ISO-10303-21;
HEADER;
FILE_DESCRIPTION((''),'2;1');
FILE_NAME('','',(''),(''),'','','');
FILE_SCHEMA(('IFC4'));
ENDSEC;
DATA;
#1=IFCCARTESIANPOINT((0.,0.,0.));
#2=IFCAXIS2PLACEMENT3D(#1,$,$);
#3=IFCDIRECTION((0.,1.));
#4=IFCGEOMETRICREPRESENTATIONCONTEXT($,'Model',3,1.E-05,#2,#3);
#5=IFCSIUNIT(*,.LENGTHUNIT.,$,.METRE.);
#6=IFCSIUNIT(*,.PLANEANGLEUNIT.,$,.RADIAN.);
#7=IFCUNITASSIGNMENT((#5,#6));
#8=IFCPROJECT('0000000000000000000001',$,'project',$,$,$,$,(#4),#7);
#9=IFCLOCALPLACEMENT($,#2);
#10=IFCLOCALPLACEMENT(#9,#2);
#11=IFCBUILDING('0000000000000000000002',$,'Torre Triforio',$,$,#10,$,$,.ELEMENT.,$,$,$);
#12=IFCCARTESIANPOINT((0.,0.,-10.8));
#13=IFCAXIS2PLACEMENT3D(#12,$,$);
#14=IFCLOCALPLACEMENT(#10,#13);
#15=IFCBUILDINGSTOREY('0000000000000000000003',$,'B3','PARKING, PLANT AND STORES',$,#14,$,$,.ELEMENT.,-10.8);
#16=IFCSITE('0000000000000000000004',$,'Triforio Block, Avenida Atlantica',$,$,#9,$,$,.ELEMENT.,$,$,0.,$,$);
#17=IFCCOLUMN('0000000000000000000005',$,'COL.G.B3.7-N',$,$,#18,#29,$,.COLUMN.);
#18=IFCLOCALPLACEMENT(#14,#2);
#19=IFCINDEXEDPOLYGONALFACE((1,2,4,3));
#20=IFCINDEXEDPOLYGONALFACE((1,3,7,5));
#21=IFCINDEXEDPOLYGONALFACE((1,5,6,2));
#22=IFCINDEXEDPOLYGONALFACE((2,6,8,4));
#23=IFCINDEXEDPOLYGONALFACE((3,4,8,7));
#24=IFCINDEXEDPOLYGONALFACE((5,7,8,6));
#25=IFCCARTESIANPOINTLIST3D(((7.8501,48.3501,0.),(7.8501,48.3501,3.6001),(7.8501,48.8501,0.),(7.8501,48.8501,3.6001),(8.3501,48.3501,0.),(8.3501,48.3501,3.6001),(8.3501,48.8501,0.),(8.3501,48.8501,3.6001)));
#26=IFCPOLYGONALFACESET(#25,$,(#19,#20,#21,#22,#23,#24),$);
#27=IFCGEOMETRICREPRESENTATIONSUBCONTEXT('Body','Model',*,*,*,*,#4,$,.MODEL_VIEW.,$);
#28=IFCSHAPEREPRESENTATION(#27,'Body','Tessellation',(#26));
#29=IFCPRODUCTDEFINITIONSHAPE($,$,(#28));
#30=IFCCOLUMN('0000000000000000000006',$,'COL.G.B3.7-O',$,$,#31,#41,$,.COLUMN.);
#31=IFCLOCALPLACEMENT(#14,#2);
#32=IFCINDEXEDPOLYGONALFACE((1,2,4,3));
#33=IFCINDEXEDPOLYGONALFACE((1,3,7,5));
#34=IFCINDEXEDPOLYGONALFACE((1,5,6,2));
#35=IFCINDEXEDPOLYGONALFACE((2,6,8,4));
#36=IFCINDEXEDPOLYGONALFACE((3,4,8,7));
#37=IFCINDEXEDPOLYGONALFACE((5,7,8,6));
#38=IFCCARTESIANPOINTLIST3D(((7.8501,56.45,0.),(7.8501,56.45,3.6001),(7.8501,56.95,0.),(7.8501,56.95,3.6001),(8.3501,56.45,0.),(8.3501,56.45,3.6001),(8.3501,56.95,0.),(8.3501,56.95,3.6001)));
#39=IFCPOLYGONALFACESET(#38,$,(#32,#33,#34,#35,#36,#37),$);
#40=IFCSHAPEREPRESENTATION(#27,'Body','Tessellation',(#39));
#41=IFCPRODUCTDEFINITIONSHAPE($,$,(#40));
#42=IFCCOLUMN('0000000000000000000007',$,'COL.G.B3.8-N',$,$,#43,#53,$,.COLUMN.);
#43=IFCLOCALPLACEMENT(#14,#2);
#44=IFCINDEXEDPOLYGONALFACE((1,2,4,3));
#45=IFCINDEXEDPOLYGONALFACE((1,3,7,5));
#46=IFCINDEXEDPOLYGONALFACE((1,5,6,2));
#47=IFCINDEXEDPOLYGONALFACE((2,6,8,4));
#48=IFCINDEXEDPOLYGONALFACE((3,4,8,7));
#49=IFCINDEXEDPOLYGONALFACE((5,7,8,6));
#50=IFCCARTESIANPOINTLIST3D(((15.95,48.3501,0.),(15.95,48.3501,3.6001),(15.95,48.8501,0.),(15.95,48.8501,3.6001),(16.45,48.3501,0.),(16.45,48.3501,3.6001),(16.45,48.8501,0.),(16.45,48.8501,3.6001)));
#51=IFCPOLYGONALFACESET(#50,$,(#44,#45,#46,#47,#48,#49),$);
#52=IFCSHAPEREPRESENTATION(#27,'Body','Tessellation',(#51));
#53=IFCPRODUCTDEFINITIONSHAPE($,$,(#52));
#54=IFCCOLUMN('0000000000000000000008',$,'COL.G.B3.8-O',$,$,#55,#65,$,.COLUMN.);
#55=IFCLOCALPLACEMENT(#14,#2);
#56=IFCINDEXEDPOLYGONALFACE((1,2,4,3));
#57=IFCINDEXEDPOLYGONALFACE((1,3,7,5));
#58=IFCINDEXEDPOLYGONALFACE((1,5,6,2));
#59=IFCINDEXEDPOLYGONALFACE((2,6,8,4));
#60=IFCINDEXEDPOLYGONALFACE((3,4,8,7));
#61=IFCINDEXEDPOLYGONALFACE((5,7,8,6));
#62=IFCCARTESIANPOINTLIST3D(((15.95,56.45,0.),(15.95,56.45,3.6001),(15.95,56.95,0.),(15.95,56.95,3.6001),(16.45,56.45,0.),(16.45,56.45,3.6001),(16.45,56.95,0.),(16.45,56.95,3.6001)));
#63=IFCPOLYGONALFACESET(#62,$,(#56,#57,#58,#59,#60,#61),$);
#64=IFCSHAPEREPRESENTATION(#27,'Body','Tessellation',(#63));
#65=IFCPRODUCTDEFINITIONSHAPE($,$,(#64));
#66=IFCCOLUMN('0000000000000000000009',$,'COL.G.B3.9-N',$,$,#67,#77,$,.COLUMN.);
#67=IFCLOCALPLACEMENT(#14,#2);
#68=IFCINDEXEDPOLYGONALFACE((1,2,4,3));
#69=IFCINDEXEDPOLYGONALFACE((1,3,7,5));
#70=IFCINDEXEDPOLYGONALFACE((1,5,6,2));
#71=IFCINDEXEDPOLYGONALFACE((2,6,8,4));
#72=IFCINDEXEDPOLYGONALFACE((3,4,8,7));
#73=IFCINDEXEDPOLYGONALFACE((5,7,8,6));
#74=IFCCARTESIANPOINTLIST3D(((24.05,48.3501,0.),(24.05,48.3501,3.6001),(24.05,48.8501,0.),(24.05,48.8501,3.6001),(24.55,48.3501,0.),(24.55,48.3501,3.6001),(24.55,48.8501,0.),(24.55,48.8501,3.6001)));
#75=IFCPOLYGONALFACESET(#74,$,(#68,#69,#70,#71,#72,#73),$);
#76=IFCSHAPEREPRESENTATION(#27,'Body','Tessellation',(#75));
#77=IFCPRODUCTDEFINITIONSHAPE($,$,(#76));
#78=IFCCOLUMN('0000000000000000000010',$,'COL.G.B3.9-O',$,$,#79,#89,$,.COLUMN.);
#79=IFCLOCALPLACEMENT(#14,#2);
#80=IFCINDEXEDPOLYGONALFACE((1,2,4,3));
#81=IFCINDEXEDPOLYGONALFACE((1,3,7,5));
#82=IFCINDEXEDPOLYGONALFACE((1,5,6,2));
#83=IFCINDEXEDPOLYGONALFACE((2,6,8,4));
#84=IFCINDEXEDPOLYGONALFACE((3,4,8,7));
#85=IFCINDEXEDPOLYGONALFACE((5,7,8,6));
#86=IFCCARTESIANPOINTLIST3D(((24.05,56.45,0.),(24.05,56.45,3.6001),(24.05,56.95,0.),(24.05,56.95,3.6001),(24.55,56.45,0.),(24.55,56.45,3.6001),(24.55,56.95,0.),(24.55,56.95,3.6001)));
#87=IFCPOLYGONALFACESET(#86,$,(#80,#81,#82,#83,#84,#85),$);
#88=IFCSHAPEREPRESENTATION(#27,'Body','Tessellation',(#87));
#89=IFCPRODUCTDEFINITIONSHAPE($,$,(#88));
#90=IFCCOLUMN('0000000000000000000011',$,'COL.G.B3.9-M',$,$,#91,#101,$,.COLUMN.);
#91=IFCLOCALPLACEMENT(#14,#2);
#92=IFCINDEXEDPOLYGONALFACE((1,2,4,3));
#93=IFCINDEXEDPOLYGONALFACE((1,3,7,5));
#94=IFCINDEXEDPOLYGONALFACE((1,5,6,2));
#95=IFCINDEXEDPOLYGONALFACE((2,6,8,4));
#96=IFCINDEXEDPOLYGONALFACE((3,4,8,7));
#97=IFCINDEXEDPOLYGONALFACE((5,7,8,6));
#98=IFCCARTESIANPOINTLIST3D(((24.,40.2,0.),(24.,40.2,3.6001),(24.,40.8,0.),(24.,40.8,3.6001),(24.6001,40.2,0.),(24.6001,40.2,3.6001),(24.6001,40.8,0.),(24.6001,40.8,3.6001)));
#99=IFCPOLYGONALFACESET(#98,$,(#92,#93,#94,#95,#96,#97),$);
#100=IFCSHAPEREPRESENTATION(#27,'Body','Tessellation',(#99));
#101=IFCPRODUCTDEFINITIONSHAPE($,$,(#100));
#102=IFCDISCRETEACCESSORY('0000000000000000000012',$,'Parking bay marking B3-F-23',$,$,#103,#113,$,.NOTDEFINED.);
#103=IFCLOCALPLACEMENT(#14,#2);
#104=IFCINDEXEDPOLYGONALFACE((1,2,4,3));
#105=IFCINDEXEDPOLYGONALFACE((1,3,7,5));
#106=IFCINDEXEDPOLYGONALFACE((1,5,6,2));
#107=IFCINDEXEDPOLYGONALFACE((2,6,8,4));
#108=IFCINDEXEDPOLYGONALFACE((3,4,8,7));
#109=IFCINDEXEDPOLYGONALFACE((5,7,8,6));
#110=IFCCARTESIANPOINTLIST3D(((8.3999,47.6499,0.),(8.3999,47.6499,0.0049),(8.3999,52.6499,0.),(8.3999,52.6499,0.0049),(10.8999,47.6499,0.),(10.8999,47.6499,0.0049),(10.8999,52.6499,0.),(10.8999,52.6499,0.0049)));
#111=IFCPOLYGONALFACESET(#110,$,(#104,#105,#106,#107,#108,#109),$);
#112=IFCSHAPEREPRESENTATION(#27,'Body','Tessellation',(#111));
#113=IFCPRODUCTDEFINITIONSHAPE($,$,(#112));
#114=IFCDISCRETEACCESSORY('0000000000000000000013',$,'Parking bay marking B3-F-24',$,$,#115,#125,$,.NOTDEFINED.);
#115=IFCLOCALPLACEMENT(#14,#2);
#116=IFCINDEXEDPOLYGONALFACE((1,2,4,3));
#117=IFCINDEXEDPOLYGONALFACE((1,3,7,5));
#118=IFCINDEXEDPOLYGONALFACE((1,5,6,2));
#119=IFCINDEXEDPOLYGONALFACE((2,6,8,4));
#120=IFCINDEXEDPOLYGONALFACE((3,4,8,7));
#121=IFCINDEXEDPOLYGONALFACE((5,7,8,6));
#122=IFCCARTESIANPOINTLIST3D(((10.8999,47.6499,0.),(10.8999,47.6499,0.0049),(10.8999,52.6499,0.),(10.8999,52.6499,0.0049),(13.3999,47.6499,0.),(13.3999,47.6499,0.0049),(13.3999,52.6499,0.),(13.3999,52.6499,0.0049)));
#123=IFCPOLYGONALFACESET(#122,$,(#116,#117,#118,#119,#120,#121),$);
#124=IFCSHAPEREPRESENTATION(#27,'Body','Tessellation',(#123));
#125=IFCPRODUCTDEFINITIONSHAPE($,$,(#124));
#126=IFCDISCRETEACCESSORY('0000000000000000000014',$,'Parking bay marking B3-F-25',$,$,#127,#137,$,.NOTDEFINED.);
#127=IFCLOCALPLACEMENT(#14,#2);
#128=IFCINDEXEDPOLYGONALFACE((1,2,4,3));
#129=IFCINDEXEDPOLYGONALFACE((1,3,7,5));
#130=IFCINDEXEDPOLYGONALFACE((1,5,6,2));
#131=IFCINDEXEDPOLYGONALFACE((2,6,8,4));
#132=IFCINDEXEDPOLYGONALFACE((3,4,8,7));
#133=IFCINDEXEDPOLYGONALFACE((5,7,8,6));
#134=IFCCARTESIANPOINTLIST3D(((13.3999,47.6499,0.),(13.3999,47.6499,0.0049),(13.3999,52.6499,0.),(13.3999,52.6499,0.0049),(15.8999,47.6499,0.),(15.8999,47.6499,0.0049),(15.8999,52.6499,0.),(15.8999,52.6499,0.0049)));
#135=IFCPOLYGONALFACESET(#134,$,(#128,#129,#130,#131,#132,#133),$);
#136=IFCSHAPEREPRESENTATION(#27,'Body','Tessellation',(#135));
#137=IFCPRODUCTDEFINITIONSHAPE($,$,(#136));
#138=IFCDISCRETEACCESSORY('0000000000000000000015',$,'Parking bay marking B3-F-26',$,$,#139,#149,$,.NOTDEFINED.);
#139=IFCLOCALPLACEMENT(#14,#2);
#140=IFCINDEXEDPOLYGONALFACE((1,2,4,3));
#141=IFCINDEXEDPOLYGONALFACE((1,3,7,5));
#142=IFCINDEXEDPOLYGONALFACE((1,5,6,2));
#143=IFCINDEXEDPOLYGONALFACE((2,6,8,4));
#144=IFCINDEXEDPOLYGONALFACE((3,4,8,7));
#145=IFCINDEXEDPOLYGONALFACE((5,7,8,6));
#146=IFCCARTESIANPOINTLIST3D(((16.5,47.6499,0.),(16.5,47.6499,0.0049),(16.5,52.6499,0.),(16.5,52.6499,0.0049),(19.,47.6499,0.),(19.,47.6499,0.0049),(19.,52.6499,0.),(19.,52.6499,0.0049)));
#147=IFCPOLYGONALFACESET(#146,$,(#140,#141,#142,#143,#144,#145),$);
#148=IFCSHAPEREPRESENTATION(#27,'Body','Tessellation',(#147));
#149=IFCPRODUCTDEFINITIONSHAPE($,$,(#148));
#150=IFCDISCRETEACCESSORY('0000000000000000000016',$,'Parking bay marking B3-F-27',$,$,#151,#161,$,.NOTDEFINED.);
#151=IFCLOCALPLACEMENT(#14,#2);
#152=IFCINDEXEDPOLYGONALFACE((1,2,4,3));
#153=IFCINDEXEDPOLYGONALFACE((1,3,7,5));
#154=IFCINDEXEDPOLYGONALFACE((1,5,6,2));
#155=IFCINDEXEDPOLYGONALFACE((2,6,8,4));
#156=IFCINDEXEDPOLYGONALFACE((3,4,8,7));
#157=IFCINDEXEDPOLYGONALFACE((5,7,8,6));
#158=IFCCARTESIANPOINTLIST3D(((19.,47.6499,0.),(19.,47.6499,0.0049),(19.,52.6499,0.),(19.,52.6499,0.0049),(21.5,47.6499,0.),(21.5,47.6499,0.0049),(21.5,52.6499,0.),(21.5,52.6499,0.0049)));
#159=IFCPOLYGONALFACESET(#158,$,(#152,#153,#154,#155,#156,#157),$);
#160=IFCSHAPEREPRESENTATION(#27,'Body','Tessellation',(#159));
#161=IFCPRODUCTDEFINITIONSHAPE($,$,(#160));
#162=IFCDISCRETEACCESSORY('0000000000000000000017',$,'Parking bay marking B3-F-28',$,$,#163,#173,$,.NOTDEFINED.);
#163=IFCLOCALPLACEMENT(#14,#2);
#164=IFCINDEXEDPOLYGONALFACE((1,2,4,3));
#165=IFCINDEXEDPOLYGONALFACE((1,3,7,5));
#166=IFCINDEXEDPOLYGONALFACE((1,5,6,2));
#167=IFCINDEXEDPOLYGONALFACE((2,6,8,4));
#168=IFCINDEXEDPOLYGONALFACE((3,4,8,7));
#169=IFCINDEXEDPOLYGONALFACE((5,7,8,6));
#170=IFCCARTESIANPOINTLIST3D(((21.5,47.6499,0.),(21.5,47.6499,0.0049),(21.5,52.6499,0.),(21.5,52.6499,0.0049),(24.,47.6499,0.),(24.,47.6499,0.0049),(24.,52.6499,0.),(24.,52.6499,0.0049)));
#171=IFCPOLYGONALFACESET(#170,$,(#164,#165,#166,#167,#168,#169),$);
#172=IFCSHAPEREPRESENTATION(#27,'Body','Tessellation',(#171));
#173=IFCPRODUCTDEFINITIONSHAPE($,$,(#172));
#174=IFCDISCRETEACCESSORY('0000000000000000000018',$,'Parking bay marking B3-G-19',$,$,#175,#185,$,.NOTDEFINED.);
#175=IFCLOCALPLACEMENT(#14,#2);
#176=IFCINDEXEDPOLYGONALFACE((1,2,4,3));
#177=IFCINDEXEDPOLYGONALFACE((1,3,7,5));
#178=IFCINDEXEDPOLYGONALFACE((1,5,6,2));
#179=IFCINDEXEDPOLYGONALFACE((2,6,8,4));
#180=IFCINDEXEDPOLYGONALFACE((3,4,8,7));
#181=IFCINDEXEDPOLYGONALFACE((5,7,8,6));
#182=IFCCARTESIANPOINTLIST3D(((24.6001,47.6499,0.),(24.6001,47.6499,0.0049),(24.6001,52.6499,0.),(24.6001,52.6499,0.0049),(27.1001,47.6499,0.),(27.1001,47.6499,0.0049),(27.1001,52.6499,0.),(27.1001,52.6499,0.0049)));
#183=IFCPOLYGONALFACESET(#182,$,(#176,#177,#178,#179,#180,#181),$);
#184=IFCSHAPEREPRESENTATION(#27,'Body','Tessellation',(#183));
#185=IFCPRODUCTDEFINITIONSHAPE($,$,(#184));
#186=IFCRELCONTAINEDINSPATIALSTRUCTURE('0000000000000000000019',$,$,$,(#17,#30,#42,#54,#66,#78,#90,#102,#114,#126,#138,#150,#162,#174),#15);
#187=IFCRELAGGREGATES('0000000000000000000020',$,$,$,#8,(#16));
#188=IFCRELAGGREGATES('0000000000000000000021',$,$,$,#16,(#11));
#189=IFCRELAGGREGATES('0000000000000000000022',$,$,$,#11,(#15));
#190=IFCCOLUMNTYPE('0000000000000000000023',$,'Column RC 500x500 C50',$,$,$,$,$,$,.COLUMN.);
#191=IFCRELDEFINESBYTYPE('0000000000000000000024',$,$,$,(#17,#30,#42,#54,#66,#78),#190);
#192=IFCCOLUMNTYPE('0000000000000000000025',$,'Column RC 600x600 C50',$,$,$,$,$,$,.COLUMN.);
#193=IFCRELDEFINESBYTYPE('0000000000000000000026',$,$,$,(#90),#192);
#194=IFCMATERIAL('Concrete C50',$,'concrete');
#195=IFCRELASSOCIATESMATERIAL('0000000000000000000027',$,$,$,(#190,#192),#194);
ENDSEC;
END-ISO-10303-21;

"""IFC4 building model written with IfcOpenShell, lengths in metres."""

from ifc_helpers import new_model, si_unit, direction, frame, origin, origin_2d, place, context, subcontext, project, spatial, rectangle, extrude, material, material_profile, profile_set, type_object, element, save


model = new_model("IFC4")

# Units and contexts
model_context = context("Model", 3, precision=1e-05, world=origin(), true_north=direction((0.0, 1.0)))
body_context = subcontext(model_context, "Body", "Model", "MODEL_VIEW")
ifc_project = project(units=[si_unit("LENGTHUNIT", "METRE"), si_unit("PLANEANGLEUNIT", "RADIAN")], contexts=[model_context])

# Site, building, storey
site_placement = place(None, origin())
site = spatial("IfcSite", under=ifc_project, at=site_placement, Name="Triforio Block, Avenida Atlantica", CompositionType="ELEMENT", RefElevation=0.0)
building_placement = place(site_placement, origin())
building = spatial("IfcBuilding", under=site, at=building_placement, Name="Torre Triforio", CompositionType="ELEMENT")
storey_placement = place(building_placement, frame((0.0, 0.0, -10.8)))
storey = spatial("IfcBuildingStorey", under=building, at=storey_placement, Name="B3", Description="PARKING, PLANT AND STORES", CompositionType="ELEMENT", Elevation=-10.8)

# Shared definitions
ifc_material_1 = material(Name="Concrete C50", Category="concrete")

# Columns
ifc_material_profile_1 = material_profile(ifc_material_1, rectangle(XDim=0.5, YDim=0.5, at=origin_2d()), Name="RC 500x500")
ifc_profile_set_1 = profile_set([ifc_material_profile_1], Name="Concrete C50")
column_type_1 = type_object("IfcColumnType", Name="Column RC 500x500 C50", PredefinedType="COLUMN", material=ifc_profile_set_1)
for number, where, z_axis, x_axis, name in (
    (1, (8.1001, 48.6001, 0.0), (0.0, 0.0, 1.0), (1.0, 0.0, 0.0), "COL.G.B3.7-N"),
    (2, (8.1001, 56.7, 0.0), (0.0, 0.0, 1.0), (1.0, 0.0, 0.0), "COL.G.B3.7-O"),
    (3, (16.2, 48.6001, 0.0), (0.0, 0.0, 1.0), (1.0, 0.0, 0.0), "COL.G.B3.8-N"),
    (4, (16.2, 56.7, 0.0), (0.0, 0.0, 1.0), (1.0, 0.0, 0.0), "COL.G.B3.8-O"),
    (5, (24.3, 48.6001, 0.0), (0.0, 0.0, 1.0), (1.0, 0.0, 0.0), "COL.G.B3.9-N"),
    (6, (24.3, 56.7, 0.0), (0.0, 0.0, 1.0), (1.0, 0.0, 0.0), "COL.G.B3.9-O"),
):
    element("IfcColumn", number, at=place(storey_placement, frame(where, z_axis=z_axis, x_axis=x_axis)), inside=storey, type_object=column_type_1, Name=name, PredefinedType="COLUMN", context=body_context, shape_type="SweptSolid", body=[
        extrude(rectangle(XDim=0.5, YDim=0.5, at=origin_2d()), origin(), (0.0, 0.0, 1.0), 3.6001),
    ])
ifc_material_profile_2 = material_profile(ifc_material_1, rectangle(XDim=0.6001, YDim=0.6001, at=origin_2d()), Name="RC 600x600")
ifc_profile_set_2 = profile_set([ifc_material_profile_2], Name="Concrete C50")
column_type_2 = type_object("IfcColumnType", Name="Column RC 600x600 C50", PredefinedType="COLUMN", material=ifc_profile_set_2)
column_placement = place(storey_placement, frame((24.3, 40.5, 0.0), z_axis=(0.0, 0.0, 1.0), x_axis=(1.0, 0.0, 0.0)))
element("IfcColumn", 7, at=column_placement, inside=storey, type_object=column_type_2, Name="COL.G.B3.9-M", PredefinedType="COLUMN", context=body_context, shape_type="SweptSolid", body=[
    extrude(rectangle(XDim=0.6001, YDim=0.6001, at=origin_2d()), origin(), (0.0, 0.0, 1.0), 3.6001),
])

# Discrete accessories
for number, where, z_axis, x_axis, name in (
    (8, (9.6499, 50.1499, 0.0), (0.0, 0.0, 1.0), (1.0, 0.0, 0.0), "Parking bay marking B3-F-23"),
    (9, (12.1499, 50.1499, 0.0), (0.0, 0.0, 1.0), (1.0, 0.0, 0.0), "Parking bay marking B3-F-24"),
    (10, (14.6499, 50.1499, 0.0), (0.0, 0.0, 1.0), (1.0, 0.0, 0.0), "Parking bay marking B3-F-25"),
    (11, (17.75, 50.1499, 0.0), (0.0, 0.0, 1.0), (1.0, 0.0, 0.0), "Parking bay marking B3-F-26"),
    (12, (20.25, 50.1499, 0.0), (0.0, 0.0, 1.0), (1.0, 0.0, 0.0), "Parking bay marking B3-F-27"),
    (13, (22.75, 50.1499, 0.0), (0.0, 0.0, 1.0), (1.0, 0.0, 0.0), "Parking bay marking B3-F-28"),
    (14, (25.8501, 50.1499, 0.0), (0.0, 0.0, 1.0), (1.0, 0.0, 0.0), "Parking bay marking B3-G-19"),
):
    element("IfcDiscreteAccessory", number, at=place(storey_placement, frame(where, z_axis=z_axis, x_axis=x_axis)), inside=storey, Name=name, PredefinedType="NOTDEFINED", context=body_context, shape_type="SweptSolid", body=[
        extrude(rectangle(XDim=2.5, YDim=5.0, at=origin_2d()), origin(), (0.0, 0.0, 1.0), 0.0049),
    ])

save(model, "model.ifc")
